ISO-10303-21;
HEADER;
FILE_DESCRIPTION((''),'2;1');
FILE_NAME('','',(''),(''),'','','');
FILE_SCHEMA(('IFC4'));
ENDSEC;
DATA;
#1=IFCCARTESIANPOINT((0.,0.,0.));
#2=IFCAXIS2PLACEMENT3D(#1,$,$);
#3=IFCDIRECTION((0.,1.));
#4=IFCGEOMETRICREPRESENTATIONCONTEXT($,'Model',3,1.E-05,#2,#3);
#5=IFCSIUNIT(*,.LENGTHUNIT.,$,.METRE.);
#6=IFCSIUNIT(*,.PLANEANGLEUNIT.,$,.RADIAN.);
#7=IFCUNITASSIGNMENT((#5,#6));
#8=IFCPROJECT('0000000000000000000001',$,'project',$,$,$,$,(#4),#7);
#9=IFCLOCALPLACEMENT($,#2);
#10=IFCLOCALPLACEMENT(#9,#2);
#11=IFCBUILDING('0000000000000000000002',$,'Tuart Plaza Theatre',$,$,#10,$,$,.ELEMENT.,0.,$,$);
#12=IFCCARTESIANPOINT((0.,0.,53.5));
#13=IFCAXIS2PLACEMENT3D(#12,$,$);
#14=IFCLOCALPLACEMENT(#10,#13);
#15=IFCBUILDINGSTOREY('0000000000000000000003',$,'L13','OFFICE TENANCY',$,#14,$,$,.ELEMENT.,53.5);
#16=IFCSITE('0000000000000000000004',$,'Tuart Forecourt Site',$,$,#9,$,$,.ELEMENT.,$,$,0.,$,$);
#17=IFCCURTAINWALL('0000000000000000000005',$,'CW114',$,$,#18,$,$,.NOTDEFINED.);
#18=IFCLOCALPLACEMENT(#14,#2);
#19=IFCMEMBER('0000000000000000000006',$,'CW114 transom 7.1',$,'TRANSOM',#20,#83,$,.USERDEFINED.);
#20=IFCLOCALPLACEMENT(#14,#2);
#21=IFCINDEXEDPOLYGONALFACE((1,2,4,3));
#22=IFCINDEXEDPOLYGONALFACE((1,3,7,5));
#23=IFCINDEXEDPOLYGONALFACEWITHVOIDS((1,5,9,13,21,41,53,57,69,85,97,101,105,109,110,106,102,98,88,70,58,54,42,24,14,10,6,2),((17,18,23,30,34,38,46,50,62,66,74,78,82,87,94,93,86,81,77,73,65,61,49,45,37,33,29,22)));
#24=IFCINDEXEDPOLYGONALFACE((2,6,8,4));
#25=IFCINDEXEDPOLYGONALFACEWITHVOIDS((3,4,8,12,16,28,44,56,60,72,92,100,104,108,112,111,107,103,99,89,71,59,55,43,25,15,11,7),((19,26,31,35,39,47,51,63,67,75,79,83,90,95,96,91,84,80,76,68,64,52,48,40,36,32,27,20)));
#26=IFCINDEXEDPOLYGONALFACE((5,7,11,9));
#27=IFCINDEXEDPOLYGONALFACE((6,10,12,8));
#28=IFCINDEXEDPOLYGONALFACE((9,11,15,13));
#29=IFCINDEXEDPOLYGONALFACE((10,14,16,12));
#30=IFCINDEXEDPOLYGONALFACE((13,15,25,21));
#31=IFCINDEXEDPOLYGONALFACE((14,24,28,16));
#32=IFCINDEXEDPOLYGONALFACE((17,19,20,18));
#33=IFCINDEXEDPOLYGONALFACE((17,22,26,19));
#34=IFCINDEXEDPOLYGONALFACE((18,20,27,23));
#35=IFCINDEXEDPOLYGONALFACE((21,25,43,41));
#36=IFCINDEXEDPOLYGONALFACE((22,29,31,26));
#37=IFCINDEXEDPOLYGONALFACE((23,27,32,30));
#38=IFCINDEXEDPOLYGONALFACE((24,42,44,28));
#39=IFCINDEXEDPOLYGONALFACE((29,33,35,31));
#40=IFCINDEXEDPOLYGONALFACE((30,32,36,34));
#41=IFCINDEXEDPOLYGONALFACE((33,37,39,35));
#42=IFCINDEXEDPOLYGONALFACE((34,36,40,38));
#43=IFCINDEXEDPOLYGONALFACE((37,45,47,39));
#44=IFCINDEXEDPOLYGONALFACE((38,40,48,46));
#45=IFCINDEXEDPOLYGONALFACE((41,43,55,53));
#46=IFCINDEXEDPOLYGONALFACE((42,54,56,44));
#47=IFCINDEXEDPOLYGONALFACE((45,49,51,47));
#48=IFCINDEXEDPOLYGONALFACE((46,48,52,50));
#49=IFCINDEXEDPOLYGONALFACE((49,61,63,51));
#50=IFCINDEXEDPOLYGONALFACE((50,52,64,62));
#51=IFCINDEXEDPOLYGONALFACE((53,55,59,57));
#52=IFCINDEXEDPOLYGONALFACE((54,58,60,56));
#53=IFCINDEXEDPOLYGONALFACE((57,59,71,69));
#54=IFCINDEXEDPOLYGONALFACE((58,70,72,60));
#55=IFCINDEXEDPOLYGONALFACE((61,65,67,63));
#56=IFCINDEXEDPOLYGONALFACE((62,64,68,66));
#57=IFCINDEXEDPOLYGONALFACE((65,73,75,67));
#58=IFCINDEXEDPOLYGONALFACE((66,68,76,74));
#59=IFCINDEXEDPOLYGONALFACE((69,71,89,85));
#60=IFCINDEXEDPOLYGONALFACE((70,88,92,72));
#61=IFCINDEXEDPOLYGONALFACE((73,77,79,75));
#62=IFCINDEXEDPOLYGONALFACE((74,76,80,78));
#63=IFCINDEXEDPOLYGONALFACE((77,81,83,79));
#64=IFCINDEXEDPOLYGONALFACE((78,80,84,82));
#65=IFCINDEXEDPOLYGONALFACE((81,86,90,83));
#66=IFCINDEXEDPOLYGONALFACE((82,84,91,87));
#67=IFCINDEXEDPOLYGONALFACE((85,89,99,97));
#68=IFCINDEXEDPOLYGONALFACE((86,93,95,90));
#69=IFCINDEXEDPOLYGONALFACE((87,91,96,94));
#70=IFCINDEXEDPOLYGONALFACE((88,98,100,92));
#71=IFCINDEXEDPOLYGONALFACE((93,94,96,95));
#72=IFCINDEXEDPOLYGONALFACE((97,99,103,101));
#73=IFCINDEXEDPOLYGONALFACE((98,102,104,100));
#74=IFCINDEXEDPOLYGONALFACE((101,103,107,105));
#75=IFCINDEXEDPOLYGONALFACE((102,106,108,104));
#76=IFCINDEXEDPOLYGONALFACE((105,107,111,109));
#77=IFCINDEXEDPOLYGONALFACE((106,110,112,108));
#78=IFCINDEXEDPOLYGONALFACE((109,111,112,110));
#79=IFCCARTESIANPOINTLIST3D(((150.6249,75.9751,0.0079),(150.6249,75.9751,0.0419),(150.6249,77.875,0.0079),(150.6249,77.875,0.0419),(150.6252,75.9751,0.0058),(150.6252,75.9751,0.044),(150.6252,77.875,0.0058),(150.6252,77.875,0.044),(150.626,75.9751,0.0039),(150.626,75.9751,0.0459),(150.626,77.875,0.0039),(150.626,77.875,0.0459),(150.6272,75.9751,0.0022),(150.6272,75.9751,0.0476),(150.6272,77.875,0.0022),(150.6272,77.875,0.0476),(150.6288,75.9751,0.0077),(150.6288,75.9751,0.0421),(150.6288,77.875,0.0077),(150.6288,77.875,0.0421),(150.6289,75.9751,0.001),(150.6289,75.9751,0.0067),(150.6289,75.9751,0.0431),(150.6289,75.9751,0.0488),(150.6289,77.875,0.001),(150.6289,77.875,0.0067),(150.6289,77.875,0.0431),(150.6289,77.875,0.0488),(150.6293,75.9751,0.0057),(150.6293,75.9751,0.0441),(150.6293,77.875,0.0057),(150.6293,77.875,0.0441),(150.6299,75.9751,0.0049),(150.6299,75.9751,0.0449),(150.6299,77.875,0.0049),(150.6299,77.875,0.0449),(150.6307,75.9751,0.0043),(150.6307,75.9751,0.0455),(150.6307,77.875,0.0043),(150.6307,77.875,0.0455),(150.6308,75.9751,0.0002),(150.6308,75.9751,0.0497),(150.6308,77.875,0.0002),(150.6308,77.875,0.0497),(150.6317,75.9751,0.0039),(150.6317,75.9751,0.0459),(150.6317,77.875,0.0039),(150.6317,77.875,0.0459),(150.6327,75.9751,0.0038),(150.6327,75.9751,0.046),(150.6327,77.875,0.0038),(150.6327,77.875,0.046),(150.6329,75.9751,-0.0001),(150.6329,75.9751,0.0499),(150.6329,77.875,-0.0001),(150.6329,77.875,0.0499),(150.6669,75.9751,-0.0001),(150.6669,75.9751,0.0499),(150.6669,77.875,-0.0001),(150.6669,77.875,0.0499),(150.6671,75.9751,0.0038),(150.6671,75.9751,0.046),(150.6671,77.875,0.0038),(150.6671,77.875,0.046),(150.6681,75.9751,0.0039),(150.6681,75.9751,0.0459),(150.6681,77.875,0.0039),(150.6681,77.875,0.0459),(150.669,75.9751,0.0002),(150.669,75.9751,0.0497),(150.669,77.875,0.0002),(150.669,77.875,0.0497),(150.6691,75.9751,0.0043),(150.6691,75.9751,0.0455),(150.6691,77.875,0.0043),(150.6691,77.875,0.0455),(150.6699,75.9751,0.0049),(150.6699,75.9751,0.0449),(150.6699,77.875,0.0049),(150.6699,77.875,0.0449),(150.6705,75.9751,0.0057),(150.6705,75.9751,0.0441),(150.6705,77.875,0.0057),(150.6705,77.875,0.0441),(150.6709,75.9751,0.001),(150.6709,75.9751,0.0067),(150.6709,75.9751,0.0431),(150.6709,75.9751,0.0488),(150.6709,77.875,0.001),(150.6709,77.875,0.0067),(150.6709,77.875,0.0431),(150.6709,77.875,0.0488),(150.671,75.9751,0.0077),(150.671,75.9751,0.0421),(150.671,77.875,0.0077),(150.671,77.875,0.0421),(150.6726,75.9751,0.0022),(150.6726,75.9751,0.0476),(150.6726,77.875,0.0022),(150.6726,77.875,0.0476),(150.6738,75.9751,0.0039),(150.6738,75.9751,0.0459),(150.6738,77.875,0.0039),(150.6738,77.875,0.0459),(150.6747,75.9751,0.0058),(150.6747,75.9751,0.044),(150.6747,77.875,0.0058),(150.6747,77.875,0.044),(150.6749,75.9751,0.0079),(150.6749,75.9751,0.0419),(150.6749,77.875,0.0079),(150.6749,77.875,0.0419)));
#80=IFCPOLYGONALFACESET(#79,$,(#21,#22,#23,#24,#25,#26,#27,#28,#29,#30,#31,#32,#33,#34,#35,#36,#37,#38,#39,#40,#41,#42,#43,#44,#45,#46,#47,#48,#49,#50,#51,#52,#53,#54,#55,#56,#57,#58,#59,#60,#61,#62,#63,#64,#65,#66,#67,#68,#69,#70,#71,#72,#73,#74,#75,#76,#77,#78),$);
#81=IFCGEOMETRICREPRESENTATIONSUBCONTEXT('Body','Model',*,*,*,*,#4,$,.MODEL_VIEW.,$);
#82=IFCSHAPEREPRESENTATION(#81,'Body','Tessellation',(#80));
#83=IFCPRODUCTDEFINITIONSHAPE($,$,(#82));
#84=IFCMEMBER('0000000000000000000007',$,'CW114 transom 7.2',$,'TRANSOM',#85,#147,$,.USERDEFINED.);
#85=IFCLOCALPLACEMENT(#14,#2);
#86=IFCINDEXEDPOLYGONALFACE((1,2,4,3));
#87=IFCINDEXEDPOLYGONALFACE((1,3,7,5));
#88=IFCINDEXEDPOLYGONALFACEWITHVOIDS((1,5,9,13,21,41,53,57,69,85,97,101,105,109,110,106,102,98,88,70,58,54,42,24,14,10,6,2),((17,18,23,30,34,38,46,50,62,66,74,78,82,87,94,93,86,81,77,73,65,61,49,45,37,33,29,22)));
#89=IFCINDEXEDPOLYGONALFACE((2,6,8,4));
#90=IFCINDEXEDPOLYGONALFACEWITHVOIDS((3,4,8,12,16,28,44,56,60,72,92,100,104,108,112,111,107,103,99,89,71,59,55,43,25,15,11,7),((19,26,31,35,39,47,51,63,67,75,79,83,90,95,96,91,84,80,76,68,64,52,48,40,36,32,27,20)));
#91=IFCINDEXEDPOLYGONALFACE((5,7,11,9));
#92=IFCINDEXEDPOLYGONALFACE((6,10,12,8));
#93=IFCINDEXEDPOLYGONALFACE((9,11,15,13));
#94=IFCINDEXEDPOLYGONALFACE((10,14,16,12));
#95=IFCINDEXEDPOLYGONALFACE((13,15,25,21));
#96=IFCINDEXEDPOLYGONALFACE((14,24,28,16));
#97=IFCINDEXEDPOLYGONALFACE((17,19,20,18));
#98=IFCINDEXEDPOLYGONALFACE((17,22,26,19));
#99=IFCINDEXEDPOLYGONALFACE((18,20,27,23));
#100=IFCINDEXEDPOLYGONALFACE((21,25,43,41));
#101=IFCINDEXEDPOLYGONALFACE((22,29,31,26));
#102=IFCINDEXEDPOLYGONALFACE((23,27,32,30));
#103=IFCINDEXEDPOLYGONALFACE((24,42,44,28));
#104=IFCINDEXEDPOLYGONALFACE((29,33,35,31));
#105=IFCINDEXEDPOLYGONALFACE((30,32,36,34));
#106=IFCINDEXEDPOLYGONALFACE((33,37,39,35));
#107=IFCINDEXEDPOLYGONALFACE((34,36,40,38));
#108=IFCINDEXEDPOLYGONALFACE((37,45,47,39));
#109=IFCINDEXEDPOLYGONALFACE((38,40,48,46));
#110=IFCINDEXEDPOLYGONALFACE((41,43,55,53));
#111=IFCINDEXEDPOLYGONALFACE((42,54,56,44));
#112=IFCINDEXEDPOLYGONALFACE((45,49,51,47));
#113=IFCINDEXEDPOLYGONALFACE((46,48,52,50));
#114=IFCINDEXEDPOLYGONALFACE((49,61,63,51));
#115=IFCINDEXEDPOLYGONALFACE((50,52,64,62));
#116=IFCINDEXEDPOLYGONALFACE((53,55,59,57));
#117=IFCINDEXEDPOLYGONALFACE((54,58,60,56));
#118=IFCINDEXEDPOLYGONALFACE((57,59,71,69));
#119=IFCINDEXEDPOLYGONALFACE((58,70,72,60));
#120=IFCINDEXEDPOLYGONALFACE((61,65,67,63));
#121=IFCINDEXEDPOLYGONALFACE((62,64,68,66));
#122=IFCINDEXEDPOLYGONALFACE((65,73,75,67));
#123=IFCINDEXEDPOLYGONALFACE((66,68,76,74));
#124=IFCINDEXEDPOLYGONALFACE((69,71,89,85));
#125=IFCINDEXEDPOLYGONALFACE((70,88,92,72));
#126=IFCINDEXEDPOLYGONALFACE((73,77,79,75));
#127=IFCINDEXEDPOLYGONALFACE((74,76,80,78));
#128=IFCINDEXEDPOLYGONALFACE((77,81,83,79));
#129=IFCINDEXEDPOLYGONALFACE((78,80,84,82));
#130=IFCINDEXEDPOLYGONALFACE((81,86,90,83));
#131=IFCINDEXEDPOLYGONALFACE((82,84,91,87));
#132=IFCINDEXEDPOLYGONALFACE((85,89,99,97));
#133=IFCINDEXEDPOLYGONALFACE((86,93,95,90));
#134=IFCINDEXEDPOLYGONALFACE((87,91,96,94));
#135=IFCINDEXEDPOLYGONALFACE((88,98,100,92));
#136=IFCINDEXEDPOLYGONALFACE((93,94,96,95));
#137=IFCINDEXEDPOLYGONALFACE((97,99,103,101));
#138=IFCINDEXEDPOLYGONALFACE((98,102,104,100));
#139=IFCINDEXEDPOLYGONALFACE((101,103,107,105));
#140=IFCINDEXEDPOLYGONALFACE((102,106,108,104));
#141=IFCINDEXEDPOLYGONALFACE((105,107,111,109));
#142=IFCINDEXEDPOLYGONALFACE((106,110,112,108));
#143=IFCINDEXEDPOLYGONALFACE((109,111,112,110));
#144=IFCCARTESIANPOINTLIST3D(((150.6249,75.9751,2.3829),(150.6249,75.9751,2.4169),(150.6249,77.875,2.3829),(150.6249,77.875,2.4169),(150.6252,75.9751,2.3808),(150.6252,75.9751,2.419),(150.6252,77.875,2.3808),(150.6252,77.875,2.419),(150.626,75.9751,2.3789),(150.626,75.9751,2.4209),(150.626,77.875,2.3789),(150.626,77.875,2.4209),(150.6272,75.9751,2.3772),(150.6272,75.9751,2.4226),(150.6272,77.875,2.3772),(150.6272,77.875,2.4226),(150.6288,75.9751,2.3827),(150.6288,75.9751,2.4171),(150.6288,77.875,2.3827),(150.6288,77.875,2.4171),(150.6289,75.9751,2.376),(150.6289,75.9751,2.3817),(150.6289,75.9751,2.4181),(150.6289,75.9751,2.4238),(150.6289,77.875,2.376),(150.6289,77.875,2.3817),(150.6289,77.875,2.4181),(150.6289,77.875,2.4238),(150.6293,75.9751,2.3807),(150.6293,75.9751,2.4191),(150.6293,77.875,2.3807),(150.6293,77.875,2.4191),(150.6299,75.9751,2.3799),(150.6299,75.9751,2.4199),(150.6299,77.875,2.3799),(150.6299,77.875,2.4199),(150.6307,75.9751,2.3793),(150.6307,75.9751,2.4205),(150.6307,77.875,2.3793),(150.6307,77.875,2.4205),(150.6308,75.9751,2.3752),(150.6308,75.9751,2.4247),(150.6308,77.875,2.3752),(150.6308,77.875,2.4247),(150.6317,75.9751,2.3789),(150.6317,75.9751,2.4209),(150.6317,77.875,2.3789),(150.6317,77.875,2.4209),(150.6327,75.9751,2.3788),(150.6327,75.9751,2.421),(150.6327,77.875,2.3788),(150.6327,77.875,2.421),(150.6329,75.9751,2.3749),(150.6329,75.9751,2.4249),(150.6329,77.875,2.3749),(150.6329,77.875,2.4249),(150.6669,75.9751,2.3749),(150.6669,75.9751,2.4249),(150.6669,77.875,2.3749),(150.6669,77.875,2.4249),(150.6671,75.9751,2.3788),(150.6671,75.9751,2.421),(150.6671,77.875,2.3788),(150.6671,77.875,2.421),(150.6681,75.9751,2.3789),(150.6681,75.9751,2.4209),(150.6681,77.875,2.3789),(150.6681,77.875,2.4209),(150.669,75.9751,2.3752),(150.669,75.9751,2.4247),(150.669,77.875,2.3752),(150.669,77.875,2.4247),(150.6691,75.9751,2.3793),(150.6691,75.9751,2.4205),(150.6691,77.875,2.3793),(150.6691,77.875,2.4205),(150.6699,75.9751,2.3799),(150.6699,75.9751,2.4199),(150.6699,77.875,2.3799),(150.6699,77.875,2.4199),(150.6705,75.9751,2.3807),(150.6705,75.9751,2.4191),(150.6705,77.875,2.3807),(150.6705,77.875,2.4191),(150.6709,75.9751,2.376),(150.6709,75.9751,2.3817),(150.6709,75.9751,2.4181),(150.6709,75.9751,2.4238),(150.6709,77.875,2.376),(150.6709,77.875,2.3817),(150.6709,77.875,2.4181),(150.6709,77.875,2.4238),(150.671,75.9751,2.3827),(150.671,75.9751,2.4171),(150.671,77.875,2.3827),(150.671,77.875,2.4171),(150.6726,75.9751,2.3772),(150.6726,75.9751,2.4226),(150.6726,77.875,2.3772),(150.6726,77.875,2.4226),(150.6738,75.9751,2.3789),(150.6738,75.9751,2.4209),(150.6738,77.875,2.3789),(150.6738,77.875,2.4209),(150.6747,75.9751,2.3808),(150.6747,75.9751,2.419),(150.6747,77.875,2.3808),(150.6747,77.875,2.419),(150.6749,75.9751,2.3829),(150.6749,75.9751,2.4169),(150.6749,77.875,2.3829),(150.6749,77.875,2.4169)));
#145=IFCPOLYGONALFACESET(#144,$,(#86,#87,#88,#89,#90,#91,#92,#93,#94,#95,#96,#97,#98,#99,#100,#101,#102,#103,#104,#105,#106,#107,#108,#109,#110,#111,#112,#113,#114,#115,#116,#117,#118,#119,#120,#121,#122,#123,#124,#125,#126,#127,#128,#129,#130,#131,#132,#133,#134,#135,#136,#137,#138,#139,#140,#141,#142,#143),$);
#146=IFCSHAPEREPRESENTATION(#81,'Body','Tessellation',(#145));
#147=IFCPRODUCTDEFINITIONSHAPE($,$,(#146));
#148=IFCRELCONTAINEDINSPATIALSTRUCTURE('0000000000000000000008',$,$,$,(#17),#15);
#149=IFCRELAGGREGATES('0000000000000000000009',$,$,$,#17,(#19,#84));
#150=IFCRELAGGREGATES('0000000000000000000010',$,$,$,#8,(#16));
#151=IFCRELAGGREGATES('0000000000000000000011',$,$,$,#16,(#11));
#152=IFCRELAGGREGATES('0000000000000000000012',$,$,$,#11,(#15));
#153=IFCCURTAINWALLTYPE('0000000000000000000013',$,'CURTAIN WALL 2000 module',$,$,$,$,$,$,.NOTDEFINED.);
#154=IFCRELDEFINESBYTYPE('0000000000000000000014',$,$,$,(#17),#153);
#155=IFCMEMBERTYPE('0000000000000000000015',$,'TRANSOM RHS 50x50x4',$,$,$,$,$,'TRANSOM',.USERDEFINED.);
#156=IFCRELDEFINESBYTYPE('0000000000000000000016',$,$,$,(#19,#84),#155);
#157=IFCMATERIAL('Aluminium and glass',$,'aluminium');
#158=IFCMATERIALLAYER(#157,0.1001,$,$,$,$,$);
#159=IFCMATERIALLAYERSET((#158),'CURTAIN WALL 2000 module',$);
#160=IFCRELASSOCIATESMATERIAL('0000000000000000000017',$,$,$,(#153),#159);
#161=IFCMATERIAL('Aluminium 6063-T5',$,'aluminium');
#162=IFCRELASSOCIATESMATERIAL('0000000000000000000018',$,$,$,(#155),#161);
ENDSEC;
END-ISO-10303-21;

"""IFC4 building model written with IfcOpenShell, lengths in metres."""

from ifc_helpers import new_model, si_unit, direction, frame, origin, origin_2d, place, context, subcontext, project, spatial, hollow_rectangle, extrude, material, layer, layer_set, material_profile, profile_set, type_object, element, aggregate, save


model = new_model("IFC4")

# Units and contexts
model_context = context("Model", 3, precision=1e-05, world=origin(), true_north=direction((0.0, 1.0)))
body_context = subcontext(model_context, "Body", "Model", "MODEL_VIEW")
ifc_project = project(units=[si_unit("LENGTHUNIT", "METRE"), si_unit("PLANEANGLEUNIT", "RADIAN")], contexts=[model_context])

# Site, building, storey
site_placement = place(None, origin())
site = spatial("IfcSite", under=ifc_project, at=site_placement, Name="Tuart Forecourt Site", CompositionType="ELEMENT", RefElevation=0.0)
building_placement = place(site_placement, origin())
building = spatial("IfcBuilding", under=site, at=building_placement, Name="Tuart Plaza Theatre", CompositionType="ELEMENT", ElevationOfRefHeight=0.0)
storey_placement = place(building_placement, frame((0.0, 0.0, 53.5)))
storey = spatial("IfcBuildingStorey", under=building, at=storey_placement, Name="L13", Description="OFFICE TENANCY", CompositionType="ELEMENT", Elevation=53.5)

# Curtain wall
ifc_material_1 = material(Name="Aluminium and glass", Category="aluminium")
ifc_layer_1 = layer(ifc_material_1, 0.1001)
ifc_layer_set_1 = layer_set([ifc_layer_1], Name="CURTAIN WALL 2000 module")
curtain_wall_type = type_object("IfcCurtainWallType", Name="CURTAIN WALL 2000 module", PredefinedType="NOTDEFINED", material=ifc_layer_set_1)
curtain_wall_1_placement = place(storey_placement, origin())
curtain_wall_1 = element("IfcCurtainWall", 1, at=curtain_wall_1_placement, inside=storey, type_object=curtain_wall_type, Name="CW114", PredefinedType="NOTDEFINED")

# Members
ifc_material_2 = material(Name="Aluminium 6063-T5", Category="aluminium")
ifc_material_profile_1 = material_profile(ifc_material_2, hollow_rectangle(XDim=0.05, YDim=0.05, WallThickness=0.0039, InnerFilletRadius=0.0039, OuterFilletRadius=0.0081, at=origin_2d()), Name="RHS 50x50x4")
ifc_profile_set_1 = profile_set([ifc_material_profile_1], Name="Aluminium 6063-T5")
member_type_1 = type_object("IfcMemberType", Name="TRANSOM RHS 50x50x4", ElementType="TRANSOM", PredefinedType="USERDEFINED", material=ifc_profile_set_1)
member_1_placement = place(storey_placement, frame((150.6499, 75.9751, 0.0249), z_axis=(0.0, 1.0, 0.0), x_axis=(-1.0, 0.0, 0.0)))
member_1 = element("IfcMember", 2, at=member_1_placement, type_object=member_type_1, Name="CW114 transom 7.1", ObjectType="TRANSOM", PredefinedType="USERDEFINED", context=body_context, shape_type="SweptSolid", body=[
    extrude(hollow_rectangle(XDim=0.05, YDim=0.05, WallThickness=0.0039, InnerFilletRadius=0.0039, OuterFilletRadius=0.0081, at=origin_2d()), origin(), (0.0, 0.0, 1.0), 1.8999),
])
member_2_placement = place(storey_placement, frame((150.6499, 75.9751, 2.3999), z_axis=(0.0, 1.0, 0.0), x_axis=(-1.0, 0.0, 0.0)))
member_2 = element("IfcMember", 3, at=member_2_placement, type_object=member_type_1, Name="CW114 transom 7.2", ObjectType="TRANSOM", PredefinedType="USERDEFINED", context=body_context, shape_type="SweptSolid", body=[
    extrude(hollow_rectangle(XDim=0.05, YDim=0.05, WallThickness=0.0039, InnerFilletRadius=0.0039, OuterFilletRadius=0.0081, at=origin_2d()), origin(), (0.0, 0.0, 1.0), 1.8999),
])

aggregate(curtain_wall_1, [member_1, member_2])

save(model, "model.ifc")
